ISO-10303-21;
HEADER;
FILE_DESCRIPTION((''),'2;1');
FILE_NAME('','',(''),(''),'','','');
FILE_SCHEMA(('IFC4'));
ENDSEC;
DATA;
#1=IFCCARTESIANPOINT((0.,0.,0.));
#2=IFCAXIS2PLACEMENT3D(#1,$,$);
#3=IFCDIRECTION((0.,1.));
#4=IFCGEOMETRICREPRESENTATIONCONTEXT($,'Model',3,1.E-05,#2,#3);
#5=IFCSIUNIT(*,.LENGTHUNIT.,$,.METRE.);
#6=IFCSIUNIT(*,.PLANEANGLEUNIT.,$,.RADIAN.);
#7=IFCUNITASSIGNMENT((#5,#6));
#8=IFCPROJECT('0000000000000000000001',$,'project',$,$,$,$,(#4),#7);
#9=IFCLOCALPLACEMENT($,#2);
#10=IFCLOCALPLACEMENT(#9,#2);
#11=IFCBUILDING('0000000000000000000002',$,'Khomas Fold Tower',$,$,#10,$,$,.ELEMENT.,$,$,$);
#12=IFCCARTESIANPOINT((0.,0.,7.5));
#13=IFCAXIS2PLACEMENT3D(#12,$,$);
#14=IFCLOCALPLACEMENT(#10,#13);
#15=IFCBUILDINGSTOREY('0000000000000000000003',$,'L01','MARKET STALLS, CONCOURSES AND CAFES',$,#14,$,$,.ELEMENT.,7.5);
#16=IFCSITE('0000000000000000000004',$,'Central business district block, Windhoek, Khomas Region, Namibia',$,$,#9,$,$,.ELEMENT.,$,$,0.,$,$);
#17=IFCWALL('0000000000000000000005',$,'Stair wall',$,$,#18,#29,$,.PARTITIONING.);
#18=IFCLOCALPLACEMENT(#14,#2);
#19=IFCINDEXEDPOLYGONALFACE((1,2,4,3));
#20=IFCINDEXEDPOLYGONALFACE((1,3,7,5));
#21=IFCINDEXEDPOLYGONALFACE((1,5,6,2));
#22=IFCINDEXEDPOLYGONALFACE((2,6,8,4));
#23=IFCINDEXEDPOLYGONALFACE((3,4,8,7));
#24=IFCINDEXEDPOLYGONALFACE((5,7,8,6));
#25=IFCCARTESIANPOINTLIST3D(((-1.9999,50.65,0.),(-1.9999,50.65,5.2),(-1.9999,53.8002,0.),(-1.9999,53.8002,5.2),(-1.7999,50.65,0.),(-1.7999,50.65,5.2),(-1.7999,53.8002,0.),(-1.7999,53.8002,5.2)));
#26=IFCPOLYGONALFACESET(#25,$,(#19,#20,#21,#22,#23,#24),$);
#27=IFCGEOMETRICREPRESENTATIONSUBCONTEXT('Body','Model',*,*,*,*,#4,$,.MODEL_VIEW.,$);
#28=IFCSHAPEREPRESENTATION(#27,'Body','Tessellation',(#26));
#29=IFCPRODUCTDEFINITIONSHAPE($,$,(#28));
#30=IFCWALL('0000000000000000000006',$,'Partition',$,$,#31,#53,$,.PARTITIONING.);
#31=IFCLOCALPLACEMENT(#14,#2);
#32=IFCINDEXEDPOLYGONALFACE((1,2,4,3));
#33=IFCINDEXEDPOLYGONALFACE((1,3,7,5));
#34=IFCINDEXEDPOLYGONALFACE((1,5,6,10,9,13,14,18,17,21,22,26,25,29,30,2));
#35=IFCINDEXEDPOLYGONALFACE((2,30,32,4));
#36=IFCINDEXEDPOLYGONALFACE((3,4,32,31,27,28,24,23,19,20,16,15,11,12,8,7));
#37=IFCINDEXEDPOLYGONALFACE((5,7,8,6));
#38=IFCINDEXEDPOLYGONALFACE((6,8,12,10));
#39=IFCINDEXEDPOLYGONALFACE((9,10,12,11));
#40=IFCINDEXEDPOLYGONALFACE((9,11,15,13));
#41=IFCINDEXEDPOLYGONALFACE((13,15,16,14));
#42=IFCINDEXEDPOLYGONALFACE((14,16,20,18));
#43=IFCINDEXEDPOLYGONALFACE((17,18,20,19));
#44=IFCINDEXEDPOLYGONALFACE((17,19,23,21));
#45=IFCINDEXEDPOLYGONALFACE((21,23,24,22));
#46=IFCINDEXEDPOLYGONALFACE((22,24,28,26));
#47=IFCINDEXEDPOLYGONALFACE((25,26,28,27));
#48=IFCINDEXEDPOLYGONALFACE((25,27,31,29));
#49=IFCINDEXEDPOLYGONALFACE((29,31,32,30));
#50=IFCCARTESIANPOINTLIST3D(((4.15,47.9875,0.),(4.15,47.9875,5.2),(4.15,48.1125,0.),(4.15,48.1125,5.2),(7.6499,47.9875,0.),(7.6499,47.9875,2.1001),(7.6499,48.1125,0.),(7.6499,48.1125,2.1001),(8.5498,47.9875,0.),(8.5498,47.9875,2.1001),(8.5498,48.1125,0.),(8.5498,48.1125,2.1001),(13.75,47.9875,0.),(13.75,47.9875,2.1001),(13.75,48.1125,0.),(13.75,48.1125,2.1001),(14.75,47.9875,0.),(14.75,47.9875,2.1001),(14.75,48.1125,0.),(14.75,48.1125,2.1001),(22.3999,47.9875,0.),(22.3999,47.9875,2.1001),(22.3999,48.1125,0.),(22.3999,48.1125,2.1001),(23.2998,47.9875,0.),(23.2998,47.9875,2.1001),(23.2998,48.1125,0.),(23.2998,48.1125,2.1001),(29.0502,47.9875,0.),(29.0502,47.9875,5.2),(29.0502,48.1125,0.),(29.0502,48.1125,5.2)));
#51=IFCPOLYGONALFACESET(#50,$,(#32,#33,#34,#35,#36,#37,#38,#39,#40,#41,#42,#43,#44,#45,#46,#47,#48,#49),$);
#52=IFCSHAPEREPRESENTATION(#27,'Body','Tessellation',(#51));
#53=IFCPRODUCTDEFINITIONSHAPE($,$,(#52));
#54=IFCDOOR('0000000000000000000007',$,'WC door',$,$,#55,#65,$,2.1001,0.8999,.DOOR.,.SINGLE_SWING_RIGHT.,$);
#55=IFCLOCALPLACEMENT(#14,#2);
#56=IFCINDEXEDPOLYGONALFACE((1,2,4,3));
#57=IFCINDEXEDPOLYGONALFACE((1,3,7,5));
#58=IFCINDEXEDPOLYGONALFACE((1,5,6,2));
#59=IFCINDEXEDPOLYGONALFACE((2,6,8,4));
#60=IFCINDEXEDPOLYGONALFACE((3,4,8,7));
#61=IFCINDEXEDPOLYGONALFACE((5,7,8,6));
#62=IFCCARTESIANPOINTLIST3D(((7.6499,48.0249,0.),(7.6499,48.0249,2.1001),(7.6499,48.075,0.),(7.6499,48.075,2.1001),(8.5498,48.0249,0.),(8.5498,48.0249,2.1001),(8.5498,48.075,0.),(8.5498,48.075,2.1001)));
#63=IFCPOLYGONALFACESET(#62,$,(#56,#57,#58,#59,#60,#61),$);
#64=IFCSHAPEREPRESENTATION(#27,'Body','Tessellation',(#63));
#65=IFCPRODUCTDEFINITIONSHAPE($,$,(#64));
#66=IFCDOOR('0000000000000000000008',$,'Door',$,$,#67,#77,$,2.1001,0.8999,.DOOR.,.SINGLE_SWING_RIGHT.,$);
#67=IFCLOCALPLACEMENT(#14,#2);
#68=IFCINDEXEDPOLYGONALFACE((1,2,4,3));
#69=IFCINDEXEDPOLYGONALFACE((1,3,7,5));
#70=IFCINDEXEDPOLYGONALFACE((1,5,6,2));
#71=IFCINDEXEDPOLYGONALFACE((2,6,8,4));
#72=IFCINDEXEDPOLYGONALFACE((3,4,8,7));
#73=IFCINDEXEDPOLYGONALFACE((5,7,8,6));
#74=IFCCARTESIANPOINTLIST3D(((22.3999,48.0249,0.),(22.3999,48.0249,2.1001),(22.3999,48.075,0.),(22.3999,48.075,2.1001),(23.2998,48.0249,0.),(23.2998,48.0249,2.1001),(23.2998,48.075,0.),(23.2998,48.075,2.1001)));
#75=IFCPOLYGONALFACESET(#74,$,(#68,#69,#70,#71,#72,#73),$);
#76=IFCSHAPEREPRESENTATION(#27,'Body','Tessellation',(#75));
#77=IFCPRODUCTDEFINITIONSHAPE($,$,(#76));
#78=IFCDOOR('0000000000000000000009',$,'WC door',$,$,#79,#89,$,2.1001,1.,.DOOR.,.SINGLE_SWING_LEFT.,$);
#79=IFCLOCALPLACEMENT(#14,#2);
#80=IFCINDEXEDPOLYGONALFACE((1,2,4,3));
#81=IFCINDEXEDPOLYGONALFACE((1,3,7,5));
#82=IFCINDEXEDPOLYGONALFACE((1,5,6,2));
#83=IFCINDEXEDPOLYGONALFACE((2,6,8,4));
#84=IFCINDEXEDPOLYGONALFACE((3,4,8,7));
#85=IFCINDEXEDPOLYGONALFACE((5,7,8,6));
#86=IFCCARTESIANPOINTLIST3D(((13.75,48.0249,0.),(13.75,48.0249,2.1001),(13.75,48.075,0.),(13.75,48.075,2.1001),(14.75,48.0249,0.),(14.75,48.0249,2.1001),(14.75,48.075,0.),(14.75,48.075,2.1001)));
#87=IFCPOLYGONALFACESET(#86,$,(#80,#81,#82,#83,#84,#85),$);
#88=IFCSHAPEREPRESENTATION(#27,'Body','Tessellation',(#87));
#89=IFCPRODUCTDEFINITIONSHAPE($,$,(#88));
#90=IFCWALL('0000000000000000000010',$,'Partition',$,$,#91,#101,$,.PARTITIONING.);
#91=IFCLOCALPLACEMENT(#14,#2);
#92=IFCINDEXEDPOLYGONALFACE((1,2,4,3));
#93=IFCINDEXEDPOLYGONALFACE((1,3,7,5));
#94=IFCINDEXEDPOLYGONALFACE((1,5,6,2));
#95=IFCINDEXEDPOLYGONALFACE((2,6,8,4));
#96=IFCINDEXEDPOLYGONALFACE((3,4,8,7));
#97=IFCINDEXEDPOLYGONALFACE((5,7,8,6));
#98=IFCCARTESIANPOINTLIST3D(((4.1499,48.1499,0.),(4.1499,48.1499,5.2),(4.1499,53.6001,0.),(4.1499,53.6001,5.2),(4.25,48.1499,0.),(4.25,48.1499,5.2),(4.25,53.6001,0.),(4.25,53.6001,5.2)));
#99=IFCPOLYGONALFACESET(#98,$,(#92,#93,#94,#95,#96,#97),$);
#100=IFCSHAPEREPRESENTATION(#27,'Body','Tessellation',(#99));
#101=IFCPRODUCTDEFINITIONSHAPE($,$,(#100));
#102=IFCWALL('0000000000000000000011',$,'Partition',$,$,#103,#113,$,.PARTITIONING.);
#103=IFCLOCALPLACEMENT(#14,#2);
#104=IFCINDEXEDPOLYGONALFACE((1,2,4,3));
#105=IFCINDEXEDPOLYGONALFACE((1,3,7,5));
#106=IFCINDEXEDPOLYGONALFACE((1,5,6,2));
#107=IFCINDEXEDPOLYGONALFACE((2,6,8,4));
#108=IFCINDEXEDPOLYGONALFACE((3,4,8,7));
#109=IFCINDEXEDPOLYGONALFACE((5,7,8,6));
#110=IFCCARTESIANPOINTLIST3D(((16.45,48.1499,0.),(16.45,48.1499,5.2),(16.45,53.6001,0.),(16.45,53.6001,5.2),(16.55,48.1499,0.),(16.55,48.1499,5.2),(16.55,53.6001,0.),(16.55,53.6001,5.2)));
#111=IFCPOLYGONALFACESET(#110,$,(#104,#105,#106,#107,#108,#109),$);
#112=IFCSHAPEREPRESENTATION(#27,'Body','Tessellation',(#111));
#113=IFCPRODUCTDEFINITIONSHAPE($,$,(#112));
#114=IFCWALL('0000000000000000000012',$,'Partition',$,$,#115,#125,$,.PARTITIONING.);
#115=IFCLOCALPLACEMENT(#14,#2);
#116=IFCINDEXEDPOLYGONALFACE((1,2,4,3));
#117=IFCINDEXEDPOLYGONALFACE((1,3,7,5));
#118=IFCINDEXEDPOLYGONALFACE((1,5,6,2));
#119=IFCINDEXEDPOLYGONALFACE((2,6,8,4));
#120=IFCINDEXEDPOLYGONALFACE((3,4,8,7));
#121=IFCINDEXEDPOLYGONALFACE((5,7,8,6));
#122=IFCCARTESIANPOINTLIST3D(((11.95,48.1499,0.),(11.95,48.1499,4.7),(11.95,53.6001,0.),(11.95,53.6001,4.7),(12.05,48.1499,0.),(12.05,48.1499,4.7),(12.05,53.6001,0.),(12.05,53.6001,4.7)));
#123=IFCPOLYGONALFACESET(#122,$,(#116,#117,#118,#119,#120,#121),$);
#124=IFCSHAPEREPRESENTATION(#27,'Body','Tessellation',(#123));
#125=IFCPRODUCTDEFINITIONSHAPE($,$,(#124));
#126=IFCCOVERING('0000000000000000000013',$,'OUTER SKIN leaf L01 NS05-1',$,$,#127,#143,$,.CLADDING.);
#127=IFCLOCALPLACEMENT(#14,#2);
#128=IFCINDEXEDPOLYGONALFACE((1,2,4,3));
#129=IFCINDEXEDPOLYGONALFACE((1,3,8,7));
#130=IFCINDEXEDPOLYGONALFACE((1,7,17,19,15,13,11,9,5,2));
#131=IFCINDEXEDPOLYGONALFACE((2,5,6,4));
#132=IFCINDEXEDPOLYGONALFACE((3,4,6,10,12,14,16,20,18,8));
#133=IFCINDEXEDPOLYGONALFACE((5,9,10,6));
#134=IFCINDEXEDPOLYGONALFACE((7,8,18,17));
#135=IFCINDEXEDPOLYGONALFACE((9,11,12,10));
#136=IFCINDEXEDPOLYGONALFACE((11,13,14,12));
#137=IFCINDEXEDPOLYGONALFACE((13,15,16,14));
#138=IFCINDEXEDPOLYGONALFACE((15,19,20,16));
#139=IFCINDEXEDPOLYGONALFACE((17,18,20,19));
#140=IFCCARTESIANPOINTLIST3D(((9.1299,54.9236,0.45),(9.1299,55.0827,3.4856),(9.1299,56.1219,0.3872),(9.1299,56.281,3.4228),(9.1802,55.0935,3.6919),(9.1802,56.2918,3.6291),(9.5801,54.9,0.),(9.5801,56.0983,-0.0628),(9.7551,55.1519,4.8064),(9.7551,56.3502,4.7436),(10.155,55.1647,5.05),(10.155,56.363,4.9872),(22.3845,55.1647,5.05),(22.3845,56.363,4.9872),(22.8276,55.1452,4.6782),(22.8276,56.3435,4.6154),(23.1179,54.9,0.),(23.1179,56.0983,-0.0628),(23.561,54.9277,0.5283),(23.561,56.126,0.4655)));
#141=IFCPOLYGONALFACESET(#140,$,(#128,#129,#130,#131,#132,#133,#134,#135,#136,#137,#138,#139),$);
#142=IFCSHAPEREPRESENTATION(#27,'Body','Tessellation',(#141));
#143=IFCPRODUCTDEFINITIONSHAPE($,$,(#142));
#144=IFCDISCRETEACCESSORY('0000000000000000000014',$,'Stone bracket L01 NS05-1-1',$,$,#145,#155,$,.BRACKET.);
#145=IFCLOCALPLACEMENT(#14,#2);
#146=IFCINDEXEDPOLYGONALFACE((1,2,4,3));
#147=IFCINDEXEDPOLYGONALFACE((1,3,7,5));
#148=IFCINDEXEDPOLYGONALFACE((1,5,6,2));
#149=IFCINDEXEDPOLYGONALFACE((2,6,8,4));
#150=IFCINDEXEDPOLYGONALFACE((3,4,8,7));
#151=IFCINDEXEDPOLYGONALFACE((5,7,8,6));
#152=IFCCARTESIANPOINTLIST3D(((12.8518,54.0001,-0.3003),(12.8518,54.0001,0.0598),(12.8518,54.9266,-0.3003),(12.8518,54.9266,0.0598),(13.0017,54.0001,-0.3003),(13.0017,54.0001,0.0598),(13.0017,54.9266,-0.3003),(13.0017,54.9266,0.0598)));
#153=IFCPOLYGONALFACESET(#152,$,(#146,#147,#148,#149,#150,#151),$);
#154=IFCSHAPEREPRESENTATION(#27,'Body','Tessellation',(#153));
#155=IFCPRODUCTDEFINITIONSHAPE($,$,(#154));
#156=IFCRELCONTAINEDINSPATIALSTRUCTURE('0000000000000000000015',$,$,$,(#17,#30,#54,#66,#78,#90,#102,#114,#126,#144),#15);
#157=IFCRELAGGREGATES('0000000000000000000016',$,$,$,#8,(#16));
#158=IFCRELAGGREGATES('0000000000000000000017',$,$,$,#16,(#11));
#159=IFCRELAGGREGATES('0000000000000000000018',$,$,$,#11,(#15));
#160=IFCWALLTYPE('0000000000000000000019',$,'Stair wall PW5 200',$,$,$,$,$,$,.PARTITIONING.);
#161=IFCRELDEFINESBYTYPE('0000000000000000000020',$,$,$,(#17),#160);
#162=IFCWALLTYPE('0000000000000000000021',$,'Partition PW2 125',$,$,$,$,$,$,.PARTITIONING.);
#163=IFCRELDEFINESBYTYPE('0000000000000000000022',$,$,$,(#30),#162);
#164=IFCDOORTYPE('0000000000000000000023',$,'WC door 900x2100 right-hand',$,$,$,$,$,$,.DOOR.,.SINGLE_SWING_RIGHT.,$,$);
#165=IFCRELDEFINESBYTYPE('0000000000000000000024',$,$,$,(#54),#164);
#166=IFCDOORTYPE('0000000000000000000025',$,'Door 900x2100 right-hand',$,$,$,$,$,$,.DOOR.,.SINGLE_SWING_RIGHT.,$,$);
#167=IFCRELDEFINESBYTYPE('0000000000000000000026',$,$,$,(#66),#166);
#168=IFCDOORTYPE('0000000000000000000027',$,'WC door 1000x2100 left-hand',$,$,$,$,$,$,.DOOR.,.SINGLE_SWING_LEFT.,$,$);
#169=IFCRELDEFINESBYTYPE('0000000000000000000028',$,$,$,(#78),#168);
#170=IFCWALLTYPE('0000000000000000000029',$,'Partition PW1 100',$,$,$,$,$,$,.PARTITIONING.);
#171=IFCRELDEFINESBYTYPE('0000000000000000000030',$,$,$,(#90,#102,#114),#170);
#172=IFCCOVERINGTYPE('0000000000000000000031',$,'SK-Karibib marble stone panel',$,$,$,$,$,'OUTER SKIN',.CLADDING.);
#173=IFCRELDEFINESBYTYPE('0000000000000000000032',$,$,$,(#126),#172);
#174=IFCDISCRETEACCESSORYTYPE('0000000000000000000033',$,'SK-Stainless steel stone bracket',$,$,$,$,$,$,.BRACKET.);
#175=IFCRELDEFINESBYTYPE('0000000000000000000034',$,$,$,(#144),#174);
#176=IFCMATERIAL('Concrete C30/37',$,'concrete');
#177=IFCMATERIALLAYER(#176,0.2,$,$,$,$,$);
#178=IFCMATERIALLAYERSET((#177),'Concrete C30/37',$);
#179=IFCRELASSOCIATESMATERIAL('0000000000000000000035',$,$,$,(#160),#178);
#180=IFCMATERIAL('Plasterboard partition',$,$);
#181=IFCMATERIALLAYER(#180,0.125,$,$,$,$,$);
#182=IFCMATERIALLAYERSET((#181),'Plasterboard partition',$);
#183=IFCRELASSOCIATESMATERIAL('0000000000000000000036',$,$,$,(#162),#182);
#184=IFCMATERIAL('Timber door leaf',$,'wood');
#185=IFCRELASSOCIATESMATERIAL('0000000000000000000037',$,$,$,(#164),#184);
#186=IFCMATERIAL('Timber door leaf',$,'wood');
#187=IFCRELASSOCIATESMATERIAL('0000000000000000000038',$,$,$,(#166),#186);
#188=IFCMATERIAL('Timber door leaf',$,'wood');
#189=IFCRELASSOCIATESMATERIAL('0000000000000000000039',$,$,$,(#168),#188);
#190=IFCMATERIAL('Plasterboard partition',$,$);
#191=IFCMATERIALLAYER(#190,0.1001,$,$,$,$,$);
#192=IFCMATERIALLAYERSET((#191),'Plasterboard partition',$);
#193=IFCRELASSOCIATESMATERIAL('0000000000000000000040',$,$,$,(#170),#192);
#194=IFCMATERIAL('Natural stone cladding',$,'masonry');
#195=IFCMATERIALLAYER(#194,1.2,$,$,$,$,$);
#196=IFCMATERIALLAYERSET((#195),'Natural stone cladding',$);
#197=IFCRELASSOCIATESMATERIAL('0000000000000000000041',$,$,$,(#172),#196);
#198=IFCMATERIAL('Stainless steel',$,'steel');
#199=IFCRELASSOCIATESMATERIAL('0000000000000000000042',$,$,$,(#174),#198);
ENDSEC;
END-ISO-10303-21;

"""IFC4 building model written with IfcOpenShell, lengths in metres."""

from ifc_helpers import new_model, si_unit, direction, frame, frame_2d, origin, origin_2d, place, context, subcontext, project, spatial, polyline, rectangle, outline, extrude, source, transform, mapped, material, layer, layer_set, type_object, element, fill, save


model = new_model("IFC4")

# Units and contexts
model_context = context("Model", 3, precision=1e-05, world=origin(), true_north=direction((0.0, 1.0)))
body_context = subcontext(model_context, "Body", "Model", "MODEL_VIEW")
ifc_project = project(units=[si_unit("LENGTHUNIT", "METRE"), si_unit("PLANEANGLEUNIT", "RADIAN")], contexts=[model_context])

# Site, building, storey
site_placement = place(None, origin())
site = spatial("IfcSite", under=ifc_project, at=site_placement, Name="Central business district block, Windhoek, Khomas Region, Namibia", CompositionType="ELEMENT", RefElevation=0.0)
building_placement = place(site_placement, origin())
building = spatial("IfcBuilding", under=site, at=building_placement, Name="Khomas Fold Tower", CompositionType="ELEMENT")
storey_placement = place(building_placement, frame((0.0, 0.0, 7.5)))
storey = spatial("IfcBuildingStorey", under=building, at=storey_placement, Name="L01", Description="MARKET STALLS, CONCOURSES AND CAFES", CompositionType="ELEMENT", Elevation=7.5)

# Wall
ifc_material_1 = material(Name="Concrete C30/37", Category="concrete")
ifc_layer_1 = layer(ifc_material_1, 0.2)
ifc_layer_set_1 = layer_set([ifc_layer_1], Name="Concrete C30/37")
wall_type_1 = type_object("IfcWallType", Name="Stair wall PW5 200", PredefinedType="PARTITIONING", material=ifc_layer_set_1)
shared_shape_1 = source(origin(), body_context, "Body", "SweptSolid", [
    extrude(rectangle(XDim=3.1501, YDim=0.2, at=frame_2d((1.5752, 0.0))), origin(), (0.0, 0.0, 1.0), 5.2),
])
wall_1_placement = place(storey_placement, frame((-1.8999, 50.6499, 0.0), z_axis=(0.0, 0.0, 1.0), x_axis=(0.0, 1.0, 0.0)))
element("IfcWall", 1, at=wall_1_placement, inside=storey, type_object=wall_type_1, Name="Stair wall", PredefinedType="PARTITIONING", context=body_context, shape_type="MappedRepresentation", body=[
    mapped(shared_shape_1, transform((0.0, 0.0, 0.0))),
])

# Wall, openings, doors
ifc_material_2 = material(Name="Plasterboard partition")
ifc_layer_2 = layer(ifc_material_2, 0.125)
ifc_layer_set_2 = layer_set([ifc_layer_2], Name="Plasterboard partition")
wall_type_2 = type_object("IfcWallType", Name="Partition PW2 125", PredefinedType="PARTITIONING", material=ifc_layer_set_2)
shared_shape_2 = source(origin(), body_context, "Body", "SweptSolid", [
    extrude(rectangle(XDim=24.9001, YDim=0.125, at=frame_2d((12.4502, 0.0))), origin(), (0.0, 0.0, 1.0), 5.2),
])
wall_2_placement = place(storey_placement, frame((4.1499, 48.05, 0.0), z_axis=(0.0, 0.0, 1.0), x_axis=(1.0, 0.0, 0.0)))
wall_2 = element("IfcWall", 2, at=wall_2_placement, inside=storey, type_object=wall_type_2, Name="Partition", PredefinedType="PARTITIONING", context=body_context, shape_type="MappedRepresentation", body=[
    mapped(shared_shape_2, transform((0.0, 0.0, 0.0))),
])
shared_shape_3 = source(origin(), body_context, "Body", "SweptSolid", [
    extrude(rectangle(XDim=0.8999, YDim=2.1001, at=frame_2d((0.45, 1.05))), frame((0.0, 0.0725, 0.0), z_axis=(0.0, -1.0, 0.0), x_axis=(1.0, 0.0, 0.0)), (0.0, 0.0, 1.0), 0.145),
])
opening_1_placement = place(wall_2_placement, frame((3.5, 0.0, 0.0)))
opening_1 = element("IfcOpeningElement", 3, at=opening_1_placement, cuts=wall_2, PredefinedType="OPENING", context=body_context, shape_type="MappedRepresentation", body=[
    mapped(shared_shape_3, transform((0.0, 0.0, 0.0))),
])
shared_shape_4 = source(origin(), body_context, "Body", "SweptSolid", [
    extrude(rectangle(XDim=1.0, YDim=2.1001, at=frame_2d((0.5, 1.05))), frame((0.0, 0.0725, 0.0), z_axis=(0.0, -1.0, 0.0), x_axis=(1.0, 0.0, 0.0)), (0.0, 0.0, 1.0), 0.145),
])
opening_2_placement = place(wall_2_placement, frame((9.6001, 0.0, 0.0)))
opening_2 = element("IfcOpeningElement", 4, at=opening_2_placement, cuts=wall_2, PredefinedType="OPENING", context=body_context, shape_type="MappedRepresentation", body=[
    mapped(shared_shape_4, transform((0.0, 0.0, 0.0))),
])
opening_3_placement = place(wall_2_placement, frame((18.25, 0.0, 0.0)))
opening_3 = element("IfcOpeningElement", 5, at=opening_3_placement, cuts=wall_2, PredefinedType="OPENING", context=body_context, shape_type="MappedRepresentation", body=[
    mapped(shared_shape_3, transform((0.0, 0.0, 0.0))),
])
ifc_material_3 = material(Name="Timber door leaf", Category="wood")
door_type_1 = type_object("IfcDoorType", Name="WC door 900x2100 right-hand", OperationType="SINGLE_SWING_RIGHT", PredefinedType="DOOR", material=ifc_material_3)
shared_shape_5 = source(origin(), body_context, "Body", "SweptSolid", [
    extrude(rectangle(XDim=0.8999, YDim=2.1001, at=frame_2d((0.45, 1.05))), frame((0.0, 0.0249, 0.0), z_axis=(0.0, -1.0, 0.0), x_axis=(1.0, 0.0, 0.0)), (0.0, 0.0, 1.0), 0.05),
])
door_1_placement = place(opening_1_placement, origin())
door_1 = element("IfcDoor", 6, at=door_1_placement, inside=storey, type_object=door_type_1, Name="WC door", OperationType="SINGLE_SWING_RIGHT", OverallHeight=2.1001, OverallWidth=0.8999, PredefinedType="DOOR", context=body_context, shape_type="MappedRepresentation", body=[
    mapped(shared_shape_5, transform((0.0, 0.0, 0.0))),
])
fill(opening_1, door_1)
ifc_material_4 = material(Name="Timber door leaf", Category="wood")
door_type_2 = type_object("IfcDoorType", Name="Door 900x2100 right-hand", OperationType="SINGLE_SWING_RIGHT", PredefinedType="DOOR", material=ifc_material_4)
door_2_placement = place(opening_3_placement, origin())
door_2 = element("IfcDoor", 7, at=door_2_placement, inside=storey, type_object=door_type_2, Name="Door", OperationType="SINGLE_SWING_RIGHT", OverallHeight=2.1001, OverallWidth=0.8999, PredefinedType="DOOR", context=body_context, shape_type="MappedRepresentation", body=[
    mapped(shared_shape_5, transform((0.0, 0.0, 0.0))),
])
fill(opening_3, door_2)
ifc_material_5 = material(Name="Timber door leaf", Category="wood")
door_type_3 = type_object("IfcDoorType", Name="WC door 1000x2100 left-hand", OperationType="SINGLE_SWING_LEFT", PredefinedType="DOOR", material=ifc_material_5)
shared_shape_6 = source(origin(), body_context, "Body", "SweptSolid", [
    extrude(rectangle(XDim=1.0, YDim=2.1001, at=frame_2d((0.5, 1.05))), frame((0.0, 0.0249, 0.0), z_axis=(0.0, -1.0, 0.0), x_axis=(1.0, 0.0, 0.0)), (0.0, 0.0, 1.0), 0.05),
])
door_3_placement = place(opening_2_placement, origin())
door_3 = element("IfcDoor", 8, at=door_3_placement, inside=storey, type_object=door_type_3, Name="WC door", OperationType="SINGLE_SWING_LEFT", OverallHeight=2.1001, OverallWidth=1.0, PredefinedType="DOOR", context=body_context, shape_type="MappedRepresentation", body=[
    mapped(shared_shape_6, transform((0.0, 0.0, 0.0))),
])
fill(opening_2, door_3)

# Walls
ifc_material_6 = material(Name="Plasterboard partition")
ifc_layer_3 = layer(ifc_material_6, 0.1001)
ifc_layer_set_3 = layer_set([ifc_layer_3], Name="Plasterboard partition")
wall_type_3 = type_object("IfcWallType", Name="Partition PW1 100", PredefinedType="PARTITIONING", material=ifc_layer_set_3)
shared_shape_7 = source(origin(), body_context, "Body", "SweptSolid", [
    extrude(rectangle(XDim=5.4502, YDim=0.1001, at=frame_2d((2.7251, 0.0))), origin(), (0.0, 0.0, 1.0), 5.2),
])
for number, where, z_axis, x_axis, name in (
    (9, (4.2, 48.1499, 0.0), (0.0, 0.0, 1.0), (0.0, 1.0, 0.0), "Partition"),
    (10, (16.5, 48.1499, 0.0), (0.0, 0.0, 1.0), (0.0, 1.0, 0.0), "Partition"),
):
    element("IfcWall", number, at=place(storey_placement, frame(where, z_axis=z_axis, x_axis=x_axis)), inside=storey, type_object=wall_type_3, Name=name, PredefinedType="PARTITIONING", context=body_context, shape_type="MappedRepresentation", body=[
        mapped(shared_shape_7, transform((0.0, 0.0, 0.0))),
    ])
shared_shape_8 = source(origin(), body_context, "Body", "SweptSolid", [
    extrude(rectangle(XDim=5.4502, YDim=0.1001, at=frame_2d((2.7251, 0.0))), origin(), (0.0, 0.0, 1.0), 4.7),
])
wall_3_placement = place(storey_placement, frame((12.0, 48.1499, 0.0), z_axis=(0.0, 0.0, 1.0), x_axis=(0.0, 1.0, 0.0)))
element("IfcWall", 11, at=wall_3_placement, inside=storey, type_object=wall_type_3, Name="Partition", PredefinedType="PARTITIONING", context=body_context, shape_type="MappedRepresentation", body=[
    mapped(shared_shape_8, transform((0.0, 0.0, 0.0))),
])

# Covering
ifc_material_7 = material(Name="Natural stone cladding", Category="masonry")
ifc_layer_4 = layer(ifc_material_7, 1.2)
ifc_layer_set_4 = layer_set([ifc_layer_4], Name="Natural stone cladding")
covering_type = type_object("IfcCoveringType", Name="SK-Karibib marble stone panel", ElementType="OUTER SKIN", PredefinedType="CLADDING", material=ifc_layer_set_4)
covering_placement = place(storey_placement, frame((9.1299, 54.9236, 0.45), z_axis=(0.000002, -0.99863, 0.052336), x_axis=(0.0, 0.052336, 0.99863)))
element("IfcCovering", 12, at=covering_placement, inside=storey, type_object=covering_type, Name="OUTER SKIN leaf L01 NS05-1", PredefinedType="CLADDING", context=body_context, shape_type="SweptSolid", body=[
    extrude(outline(polyline([(0.0, 0.0), (3.0398, 0.0), (3.2464, -0.0503), (4.3624, -0.6252), (4.6064, -1.0251), (4.6064, -13.2546), (4.2341, -13.6978), (0.0785, -14.4312), (-0.4506, -13.988), (-0.4506, -0.4502), (0.0, 0.0)])), origin(), (0.0, 0.0, -1.0), 1.2),
])

# Discrete accessory
ifc_material_8 = material(Name="Stainless steel", Category="steel")
discrete_accessory_type = type_object("IfcDiscreteAccessoryType", Name="SK-Stainless steel stone bracket", PredefinedType="BRACKET", material=ifc_material_8)
shared_shape_9 = source(origin(), body_context, "Body", "SweptSolid", [
    extrude(rectangle(XDim=0.9265, YDim=0.1499, at=origin_2d()), origin(), (0.0, 0.0, 1.0), 0.3601),
])
discrete_accessory_placement = place(storey_placement, frame((12.9268, 54.4634, -0.3003), z_axis=(0.0, 0.0, 1.0), x_axis=(0.0, 1.0, 0.0)))
element("IfcDiscreteAccessory", 13, at=discrete_accessory_placement, inside=storey, type_object=discrete_accessory_type, Name="Stone bracket L01 NS05-1-1", PredefinedType="BRACKET", context=body_context, shape_type="MappedRepresentation", body=[
    mapped(shared_shape_9, transform((0.0, 0.0, 0.0))),
])

save(model, "model.ifc")
